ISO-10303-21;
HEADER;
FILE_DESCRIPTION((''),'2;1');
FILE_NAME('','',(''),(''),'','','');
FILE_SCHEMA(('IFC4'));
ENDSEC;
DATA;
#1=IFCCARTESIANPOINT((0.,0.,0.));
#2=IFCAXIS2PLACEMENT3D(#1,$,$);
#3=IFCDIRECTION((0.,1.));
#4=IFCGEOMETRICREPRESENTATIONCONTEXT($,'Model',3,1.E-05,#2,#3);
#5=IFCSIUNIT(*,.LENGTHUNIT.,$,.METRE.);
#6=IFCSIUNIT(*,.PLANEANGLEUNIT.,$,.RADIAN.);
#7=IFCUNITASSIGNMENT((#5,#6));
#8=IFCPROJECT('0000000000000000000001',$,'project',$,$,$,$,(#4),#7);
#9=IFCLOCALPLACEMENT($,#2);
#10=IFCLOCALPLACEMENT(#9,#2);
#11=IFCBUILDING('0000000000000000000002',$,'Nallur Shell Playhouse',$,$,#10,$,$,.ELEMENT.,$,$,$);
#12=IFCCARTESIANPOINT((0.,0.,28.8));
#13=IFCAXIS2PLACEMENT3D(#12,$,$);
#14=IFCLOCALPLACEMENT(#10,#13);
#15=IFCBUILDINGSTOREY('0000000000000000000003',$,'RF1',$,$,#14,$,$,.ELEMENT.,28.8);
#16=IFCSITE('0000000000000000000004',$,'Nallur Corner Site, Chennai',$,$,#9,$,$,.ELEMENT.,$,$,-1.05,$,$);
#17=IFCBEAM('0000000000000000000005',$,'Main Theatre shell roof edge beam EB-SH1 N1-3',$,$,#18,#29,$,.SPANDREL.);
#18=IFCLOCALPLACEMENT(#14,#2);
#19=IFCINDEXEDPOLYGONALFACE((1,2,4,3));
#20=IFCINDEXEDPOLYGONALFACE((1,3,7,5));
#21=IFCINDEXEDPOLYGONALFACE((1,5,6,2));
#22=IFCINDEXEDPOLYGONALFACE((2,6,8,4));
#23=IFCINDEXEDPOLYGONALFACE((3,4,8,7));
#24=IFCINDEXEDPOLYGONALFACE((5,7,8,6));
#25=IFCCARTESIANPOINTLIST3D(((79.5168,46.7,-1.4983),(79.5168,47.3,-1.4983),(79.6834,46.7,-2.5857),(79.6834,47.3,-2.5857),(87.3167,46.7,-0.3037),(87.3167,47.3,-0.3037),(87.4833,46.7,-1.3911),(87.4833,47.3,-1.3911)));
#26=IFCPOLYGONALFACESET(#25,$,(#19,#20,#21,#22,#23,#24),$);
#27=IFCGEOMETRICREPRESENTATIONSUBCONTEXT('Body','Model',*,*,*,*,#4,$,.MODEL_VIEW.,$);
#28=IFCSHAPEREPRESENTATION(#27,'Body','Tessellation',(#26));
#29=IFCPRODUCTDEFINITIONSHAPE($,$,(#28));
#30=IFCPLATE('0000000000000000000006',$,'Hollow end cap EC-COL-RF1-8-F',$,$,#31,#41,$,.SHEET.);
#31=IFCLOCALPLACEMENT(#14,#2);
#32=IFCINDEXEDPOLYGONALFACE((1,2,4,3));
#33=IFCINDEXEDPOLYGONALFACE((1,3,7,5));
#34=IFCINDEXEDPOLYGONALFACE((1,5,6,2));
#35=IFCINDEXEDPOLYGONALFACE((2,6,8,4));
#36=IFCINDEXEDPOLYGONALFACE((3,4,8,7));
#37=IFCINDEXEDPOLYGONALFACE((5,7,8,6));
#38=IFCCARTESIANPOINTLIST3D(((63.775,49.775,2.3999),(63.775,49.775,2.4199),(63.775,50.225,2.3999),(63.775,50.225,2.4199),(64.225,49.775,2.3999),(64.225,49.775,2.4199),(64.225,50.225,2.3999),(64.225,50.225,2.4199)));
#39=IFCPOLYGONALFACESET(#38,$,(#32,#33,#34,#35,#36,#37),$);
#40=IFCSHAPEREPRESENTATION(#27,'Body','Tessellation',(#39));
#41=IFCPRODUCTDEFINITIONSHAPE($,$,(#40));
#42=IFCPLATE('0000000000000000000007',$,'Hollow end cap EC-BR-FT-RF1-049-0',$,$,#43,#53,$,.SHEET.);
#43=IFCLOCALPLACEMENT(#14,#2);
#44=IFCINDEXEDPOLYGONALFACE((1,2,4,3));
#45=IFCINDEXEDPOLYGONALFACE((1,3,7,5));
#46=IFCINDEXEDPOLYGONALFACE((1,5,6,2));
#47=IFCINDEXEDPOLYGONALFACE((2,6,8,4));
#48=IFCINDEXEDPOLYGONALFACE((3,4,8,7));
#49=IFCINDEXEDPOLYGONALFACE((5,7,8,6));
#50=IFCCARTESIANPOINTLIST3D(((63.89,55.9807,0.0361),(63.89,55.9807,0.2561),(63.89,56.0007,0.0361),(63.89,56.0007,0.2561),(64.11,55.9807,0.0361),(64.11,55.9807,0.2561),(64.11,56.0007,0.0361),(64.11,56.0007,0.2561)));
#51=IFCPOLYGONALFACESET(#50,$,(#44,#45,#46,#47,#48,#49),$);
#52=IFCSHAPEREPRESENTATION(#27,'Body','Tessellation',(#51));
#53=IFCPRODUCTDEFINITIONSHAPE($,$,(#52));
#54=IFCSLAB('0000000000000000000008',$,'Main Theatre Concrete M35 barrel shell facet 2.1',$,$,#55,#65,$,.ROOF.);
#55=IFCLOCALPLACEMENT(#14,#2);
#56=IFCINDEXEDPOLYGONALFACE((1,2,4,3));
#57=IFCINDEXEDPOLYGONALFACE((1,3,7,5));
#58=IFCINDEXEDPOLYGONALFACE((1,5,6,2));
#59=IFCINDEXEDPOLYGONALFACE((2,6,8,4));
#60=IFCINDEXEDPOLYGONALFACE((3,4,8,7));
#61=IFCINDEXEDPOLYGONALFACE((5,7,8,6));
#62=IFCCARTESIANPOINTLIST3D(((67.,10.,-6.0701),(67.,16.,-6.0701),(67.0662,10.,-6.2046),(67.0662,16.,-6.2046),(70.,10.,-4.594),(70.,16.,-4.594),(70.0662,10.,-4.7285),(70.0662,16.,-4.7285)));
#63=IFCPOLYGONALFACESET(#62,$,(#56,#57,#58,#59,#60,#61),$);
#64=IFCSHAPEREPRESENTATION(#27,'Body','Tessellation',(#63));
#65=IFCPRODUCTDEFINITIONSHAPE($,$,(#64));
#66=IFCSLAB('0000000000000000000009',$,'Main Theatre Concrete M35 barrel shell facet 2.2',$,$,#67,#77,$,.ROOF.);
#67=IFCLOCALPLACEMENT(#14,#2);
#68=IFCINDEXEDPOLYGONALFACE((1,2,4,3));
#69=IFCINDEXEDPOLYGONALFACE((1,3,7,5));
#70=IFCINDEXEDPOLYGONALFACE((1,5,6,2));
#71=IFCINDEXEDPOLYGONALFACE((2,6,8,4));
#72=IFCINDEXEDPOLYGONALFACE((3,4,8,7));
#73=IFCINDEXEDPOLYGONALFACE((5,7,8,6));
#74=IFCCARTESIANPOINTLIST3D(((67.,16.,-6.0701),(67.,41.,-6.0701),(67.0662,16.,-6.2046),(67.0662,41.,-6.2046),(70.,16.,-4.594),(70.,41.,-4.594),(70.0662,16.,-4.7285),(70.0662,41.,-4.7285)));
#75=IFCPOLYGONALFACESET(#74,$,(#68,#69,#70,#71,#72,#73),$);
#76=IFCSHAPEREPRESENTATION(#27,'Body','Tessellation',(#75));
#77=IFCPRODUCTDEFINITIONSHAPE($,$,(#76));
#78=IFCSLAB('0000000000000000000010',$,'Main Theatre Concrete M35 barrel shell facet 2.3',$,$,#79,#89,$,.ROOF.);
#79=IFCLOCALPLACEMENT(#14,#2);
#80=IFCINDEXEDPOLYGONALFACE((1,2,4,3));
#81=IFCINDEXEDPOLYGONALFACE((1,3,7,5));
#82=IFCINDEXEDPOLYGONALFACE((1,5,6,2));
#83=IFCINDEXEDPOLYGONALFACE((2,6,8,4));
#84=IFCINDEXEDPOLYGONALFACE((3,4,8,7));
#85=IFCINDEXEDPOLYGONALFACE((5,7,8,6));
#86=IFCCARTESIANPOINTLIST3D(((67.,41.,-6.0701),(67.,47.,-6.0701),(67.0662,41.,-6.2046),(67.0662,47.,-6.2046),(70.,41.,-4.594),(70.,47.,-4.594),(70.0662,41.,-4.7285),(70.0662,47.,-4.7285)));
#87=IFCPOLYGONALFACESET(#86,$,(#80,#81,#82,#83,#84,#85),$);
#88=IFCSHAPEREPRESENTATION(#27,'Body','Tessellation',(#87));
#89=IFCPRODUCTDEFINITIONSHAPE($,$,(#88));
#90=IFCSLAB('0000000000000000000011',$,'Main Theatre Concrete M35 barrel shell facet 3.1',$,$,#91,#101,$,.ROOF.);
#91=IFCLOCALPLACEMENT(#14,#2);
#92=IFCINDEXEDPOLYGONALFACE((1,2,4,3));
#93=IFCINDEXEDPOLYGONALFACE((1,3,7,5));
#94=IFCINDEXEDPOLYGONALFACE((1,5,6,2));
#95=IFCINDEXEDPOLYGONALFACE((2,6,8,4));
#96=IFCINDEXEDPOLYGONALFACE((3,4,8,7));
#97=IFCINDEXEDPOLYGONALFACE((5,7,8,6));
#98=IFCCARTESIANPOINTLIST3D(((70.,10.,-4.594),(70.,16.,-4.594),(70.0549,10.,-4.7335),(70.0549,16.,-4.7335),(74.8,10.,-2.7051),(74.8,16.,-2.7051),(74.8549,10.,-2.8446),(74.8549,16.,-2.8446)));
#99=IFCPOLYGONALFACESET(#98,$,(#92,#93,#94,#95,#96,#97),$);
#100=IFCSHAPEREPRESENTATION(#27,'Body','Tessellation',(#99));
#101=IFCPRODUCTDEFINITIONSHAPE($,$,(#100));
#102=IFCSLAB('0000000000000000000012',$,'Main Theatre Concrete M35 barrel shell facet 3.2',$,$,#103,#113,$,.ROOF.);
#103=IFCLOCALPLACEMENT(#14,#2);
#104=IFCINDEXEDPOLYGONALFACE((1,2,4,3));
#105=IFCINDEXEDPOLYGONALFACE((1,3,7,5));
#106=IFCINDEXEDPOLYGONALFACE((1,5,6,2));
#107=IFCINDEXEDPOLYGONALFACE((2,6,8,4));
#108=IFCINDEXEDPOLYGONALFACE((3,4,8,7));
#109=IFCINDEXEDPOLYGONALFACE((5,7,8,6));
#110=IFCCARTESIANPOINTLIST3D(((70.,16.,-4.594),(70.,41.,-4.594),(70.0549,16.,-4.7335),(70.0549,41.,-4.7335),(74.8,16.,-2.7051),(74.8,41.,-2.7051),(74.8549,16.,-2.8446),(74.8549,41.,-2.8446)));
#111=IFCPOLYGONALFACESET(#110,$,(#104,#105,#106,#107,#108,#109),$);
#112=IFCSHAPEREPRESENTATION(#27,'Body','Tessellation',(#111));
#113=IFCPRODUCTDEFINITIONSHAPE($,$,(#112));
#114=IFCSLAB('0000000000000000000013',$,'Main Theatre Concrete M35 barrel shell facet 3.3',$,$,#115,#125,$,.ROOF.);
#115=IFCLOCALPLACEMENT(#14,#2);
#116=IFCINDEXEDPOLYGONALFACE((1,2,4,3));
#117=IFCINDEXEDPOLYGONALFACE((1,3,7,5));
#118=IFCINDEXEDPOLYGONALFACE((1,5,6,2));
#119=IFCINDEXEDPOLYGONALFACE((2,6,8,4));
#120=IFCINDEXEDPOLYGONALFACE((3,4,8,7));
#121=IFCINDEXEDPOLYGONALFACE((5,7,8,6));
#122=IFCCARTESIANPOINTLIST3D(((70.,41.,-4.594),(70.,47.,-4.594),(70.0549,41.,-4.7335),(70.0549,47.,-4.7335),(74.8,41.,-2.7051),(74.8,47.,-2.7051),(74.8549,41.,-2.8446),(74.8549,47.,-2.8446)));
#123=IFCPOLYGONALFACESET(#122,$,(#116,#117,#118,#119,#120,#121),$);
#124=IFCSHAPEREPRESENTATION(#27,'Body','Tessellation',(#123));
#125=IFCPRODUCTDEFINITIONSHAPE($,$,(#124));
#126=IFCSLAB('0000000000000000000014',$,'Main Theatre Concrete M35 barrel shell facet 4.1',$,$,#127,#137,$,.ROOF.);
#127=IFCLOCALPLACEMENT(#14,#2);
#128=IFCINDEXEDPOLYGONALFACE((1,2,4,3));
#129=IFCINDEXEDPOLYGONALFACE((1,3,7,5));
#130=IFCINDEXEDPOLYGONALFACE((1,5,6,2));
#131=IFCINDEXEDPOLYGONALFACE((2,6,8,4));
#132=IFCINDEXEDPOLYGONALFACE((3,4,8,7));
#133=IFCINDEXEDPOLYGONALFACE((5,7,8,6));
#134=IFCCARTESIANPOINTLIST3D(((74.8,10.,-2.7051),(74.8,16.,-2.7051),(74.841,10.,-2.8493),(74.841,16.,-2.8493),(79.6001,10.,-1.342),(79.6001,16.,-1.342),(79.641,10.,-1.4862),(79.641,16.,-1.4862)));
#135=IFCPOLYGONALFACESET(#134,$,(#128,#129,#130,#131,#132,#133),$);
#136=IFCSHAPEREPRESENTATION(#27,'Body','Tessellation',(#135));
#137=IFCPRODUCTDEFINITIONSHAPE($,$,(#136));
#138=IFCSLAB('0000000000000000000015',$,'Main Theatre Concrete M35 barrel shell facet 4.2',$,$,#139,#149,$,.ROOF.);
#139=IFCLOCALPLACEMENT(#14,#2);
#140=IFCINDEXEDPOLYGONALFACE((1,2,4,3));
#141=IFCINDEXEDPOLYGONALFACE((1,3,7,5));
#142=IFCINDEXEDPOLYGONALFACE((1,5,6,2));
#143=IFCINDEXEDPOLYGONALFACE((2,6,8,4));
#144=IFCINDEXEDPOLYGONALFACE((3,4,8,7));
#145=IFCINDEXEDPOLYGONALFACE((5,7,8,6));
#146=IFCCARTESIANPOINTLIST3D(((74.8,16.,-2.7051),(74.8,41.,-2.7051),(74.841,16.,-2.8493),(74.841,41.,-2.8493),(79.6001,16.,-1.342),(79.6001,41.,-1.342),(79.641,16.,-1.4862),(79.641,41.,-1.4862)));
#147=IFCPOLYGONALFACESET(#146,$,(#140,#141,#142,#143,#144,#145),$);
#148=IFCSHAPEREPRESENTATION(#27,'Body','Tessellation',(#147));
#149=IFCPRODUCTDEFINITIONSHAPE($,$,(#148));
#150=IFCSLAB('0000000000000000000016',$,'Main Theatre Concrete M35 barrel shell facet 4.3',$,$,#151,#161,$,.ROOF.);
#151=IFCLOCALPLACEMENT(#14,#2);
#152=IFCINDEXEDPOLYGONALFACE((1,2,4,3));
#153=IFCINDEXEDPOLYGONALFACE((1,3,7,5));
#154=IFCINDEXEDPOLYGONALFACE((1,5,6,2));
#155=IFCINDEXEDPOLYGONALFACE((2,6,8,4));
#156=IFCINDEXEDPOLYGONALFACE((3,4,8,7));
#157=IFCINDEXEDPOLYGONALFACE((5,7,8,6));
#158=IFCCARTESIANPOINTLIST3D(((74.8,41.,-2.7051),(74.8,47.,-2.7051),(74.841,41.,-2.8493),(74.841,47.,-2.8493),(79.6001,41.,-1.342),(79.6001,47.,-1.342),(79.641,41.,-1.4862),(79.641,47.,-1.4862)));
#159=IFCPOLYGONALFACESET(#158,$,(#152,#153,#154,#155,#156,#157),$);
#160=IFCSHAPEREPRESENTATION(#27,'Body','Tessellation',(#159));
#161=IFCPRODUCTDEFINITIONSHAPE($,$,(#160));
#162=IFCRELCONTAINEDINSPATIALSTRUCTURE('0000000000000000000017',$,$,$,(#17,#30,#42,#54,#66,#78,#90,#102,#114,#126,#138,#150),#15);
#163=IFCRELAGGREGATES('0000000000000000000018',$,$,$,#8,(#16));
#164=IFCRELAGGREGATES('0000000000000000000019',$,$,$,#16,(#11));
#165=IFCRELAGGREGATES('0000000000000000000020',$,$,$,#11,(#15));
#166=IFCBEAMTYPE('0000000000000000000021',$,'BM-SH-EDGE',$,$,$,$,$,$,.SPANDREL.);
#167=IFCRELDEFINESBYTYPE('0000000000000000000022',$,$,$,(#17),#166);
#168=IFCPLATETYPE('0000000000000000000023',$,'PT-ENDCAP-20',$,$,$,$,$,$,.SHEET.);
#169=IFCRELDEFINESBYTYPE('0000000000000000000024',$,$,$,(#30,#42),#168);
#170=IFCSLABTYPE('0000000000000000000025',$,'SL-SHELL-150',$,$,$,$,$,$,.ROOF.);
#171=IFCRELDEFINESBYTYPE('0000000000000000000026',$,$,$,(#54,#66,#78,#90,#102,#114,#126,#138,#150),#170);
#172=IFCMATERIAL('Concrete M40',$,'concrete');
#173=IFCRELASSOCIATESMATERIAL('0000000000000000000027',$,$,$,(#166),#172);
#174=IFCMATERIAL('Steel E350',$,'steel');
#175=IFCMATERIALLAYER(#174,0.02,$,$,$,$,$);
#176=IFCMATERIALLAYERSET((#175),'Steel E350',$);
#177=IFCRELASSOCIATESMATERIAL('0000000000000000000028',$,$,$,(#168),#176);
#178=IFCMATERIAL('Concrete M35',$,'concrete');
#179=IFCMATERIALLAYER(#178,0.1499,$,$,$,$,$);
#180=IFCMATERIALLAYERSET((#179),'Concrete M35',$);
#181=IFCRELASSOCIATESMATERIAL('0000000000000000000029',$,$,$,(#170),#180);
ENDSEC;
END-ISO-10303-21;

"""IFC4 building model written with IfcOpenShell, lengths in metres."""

from ifc_helpers import new_model, si_unit, direction, frame, origin, origin_2d, place, context, subcontext, project, spatial, polyline, rectangle, outline, extrude, material, layer, layer_set, material_profile, profile_set, type_object, element, save


model = new_model("IFC4")

# Units and contexts
model_context = context("Model", 3, precision=1e-05, world=origin(), true_north=direction((0.0, 1.0)))
body_context = subcontext(model_context, "Body", "Model", "MODEL_VIEW")
ifc_project = project(units=[si_unit("LENGTHUNIT", "METRE"), si_unit("PLANEANGLEUNIT", "RADIAN")], contexts=[model_context])

# Site, building, storey
site_placement = place(None, origin())
site = spatial("IfcSite", under=ifc_project, at=site_placement, Name="Nallur Corner Site, Chennai", CompositionType="ELEMENT", RefElevation=-1.05)
building_placement = place(site_placement, origin())
building = spatial("IfcBuilding", under=site, at=building_placement, Name="Nallur Shell Playhouse", CompositionType="ELEMENT")
storey_placement = place(building_placement, frame((0.0, 0.0, 28.8)))
storey = spatial("IfcBuildingStorey", under=building, at=storey_placement, Name="RF1", CompositionType="ELEMENT", Elevation=28.8)

# Shared definitions
ifc_material_1 = material(Name="Steel E350", Category="steel")

# Beam
ifc_material_2 = material(Name="Concrete M35", Category="concrete")
ifc_material_3 = material(Name="Concrete M40", Category="concrete")
ifc_material_profile_1 = material_profile(ifc_material_3, rectangle(XDim=0.6001, YDim=1.1001, at=origin_2d()), Name="RC 600x1100")
ifc_profile_set_1 = profile_set([ifc_material_profile_1], Name="Concrete M40")
beam_type_1 = type_object("IfcBeamType", Name="BM-SH-EDGE", PredefinedType="SPANDREL", material=ifc_profile_set_1)
beam_1_placement = place(storey_placement, frame((79.6001, 47.0, -2.042), z_axis=(0.988474, 0.0, 0.15139), x_axis=(0.0, 1.0, 0.0)))
element("IfcBeam", 1, at=beam_1_placement, inside=storey, type_object=beam_type_1, Name="Main Theatre shell roof edge beam EB-SH1 N1-3", PredefinedType="SPANDREL", context=body_context, shape_type="SweptSolid", body=[
    extrude(rectangle(XDim=0.6001, YDim=1.1001, at=origin_2d()), origin(), (0.0, 0.0, 1.0), 7.8909),
])

# Plates
ifc_layer_1 = layer(ifc_material_1, 0.02)
ifc_layer_set_1 = layer_set([ifc_layer_1], Name="Steel E350")
plate_type = type_object("IfcPlateType", Name="PT-ENDCAP-20", PredefinedType="SHEET", material=ifc_layer_set_1)
plate_1_placement = place(storey_placement, frame((64.0, 50.0, 2.3999), z_axis=(0.0, 0.0, 1.0), x_axis=(1.0, 0.0, 0.0)))
element("IfcPlate", 2, at=plate_1_placement, inside=storey, type_object=plate_type, Name="Hollow end cap EC-COL-RF1-8-F", PredefinedType="SHEET", context=body_context, shape_type="SweptSolid", body=[
    extrude(rectangle(XDim=0.45, YDim=0.45, at=origin_2d()), origin(), (0.0, 0.0, 1.0), 0.02),
])
plate_2_placement = place(storey_placement, frame((64.0, 55.9907, 0.0361), z_axis=(0.0, 0.0, 1.0), x_axis=(1.0, 0.0, 0.0)))
element("IfcPlate", 3, at=plate_2_placement, inside=storey, type_object=plate_type, Name="Hollow end cap EC-BR-FT-RF1-049-0", PredefinedType="SHEET", context=body_context, shape_type="SweptSolid", body=[
    extrude(rectangle(XDim=0.22, YDim=0.02, at=origin_2d()), origin(), (0.0, 0.0, 1.0), 0.22),
])

# Slabs
ifc_layer_2 = layer(ifc_material_2, 0.1499)
ifc_layer_set_2 = layer_set([ifc_layer_2], Name="Concrete M35")
slab_type = type_object("IfcSlabType", Name="SL-SHELL-150", PredefinedType="ROOF", material=ifc_layer_set_2)
slab_1_placement = place(storey_placement, frame((67.0, 10.0, -6.0701), z_axis=(-0.44148, 0.0, 0.897271), x_axis=(0.897271, 0.0, 0.44148)))
element("IfcSlab", 4, at=slab_1_placement, inside=storey, type_object=slab_type, Name="Main Theatre Concrete M35 barrel shell facet 2.1", PredefinedType="ROOF", context=body_context, shape_type="SweptSolid", body=[
    extrude(outline(polyline([(0.0, 0.0), (3.3435, 0.0), (3.3435, 6.0), (0.0, 6.0), (0.0, 0.0)])), origin(), (0.0, 0.0, -1.0), 0.1499),
])
slab_2_placement = place(storey_placement, frame((67.0, 16.0, -6.0701), z_axis=(-0.44148, 0.0, 0.897271), x_axis=(0.897271, 0.0, 0.44148)))
element("IfcSlab", 5, at=slab_2_placement, inside=storey, type_object=slab_type, Name="Main Theatre Concrete M35 barrel shell facet 2.2", PredefinedType="ROOF", context=body_context, shape_type="SweptSolid", body=[
    extrude(outline(polyline([(0.0, 0.0), (3.3435, 0.0), (3.3435, 25.0), (0.0, 25.0), (0.0, 0.0)])), origin(), (0.0, 0.0, -1.0), 0.1499),
])
slab_3_placement = place(storey_placement, frame((67.0, 41.0, -6.0701), z_axis=(-0.44148, 0.0, 0.897271), x_axis=(0.897271, 0.0, 0.44148)))
element("IfcSlab", 6, at=slab_3_placement, inside=storey, type_object=slab_type, Name="Main Theatre Concrete M35 barrel shell facet 2.3", PredefinedType="ROOF", context=body_context, shape_type="SweptSolid", body=[
    extrude(outline(polyline([(0.0, 0.0), (3.3435, 0.0), (3.3435, 6.0), (0.0, 6.0), (0.0, 0.0)])), origin(), (0.0, 0.0, -1.0), 0.1499),
])
slab_4_placement = place(storey_placement, frame((70.0, 10.0, -4.594), z_axis=(-0.366187, 0.0, 0.930541), x_axis=(0.930541, 0.0, 0.366187)))
element("IfcSlab", 7, at=slab_4_placement, inside=storey, type_object=slab_type, Name="Main Theatre Concrete M35 barrel shell facet 3.1", PredefinedType="ROOF", context=body_context, shape_type="SweptSolid", body=[
    extrude(outline(polyline([(0.0, 0.0), (5.1583, 0.0), (5.1583, 6.0), (0.0, 6.0), (0.0, 0.0)])), origin(), (0.0, 0.0, -1.0), 0.1499),
])
slab_5_placement = place(storey_placement, frame((70.0, 16.0, -4.594), z_axis=(-0.366187, 0.0, 0.930541), x_axis=(0.930541, 0.0, 0.366187)))
element("IfcSlab", 8, at=slab_5_placement, inside=storey, type_object=slab_type, Name="Main Theatre Concrete M35 barrel shell facet 3.2", PredefinedType="ROOF", context=body_context, shape_type="SweptSolid", body=[
    extrude(outline(polyline([(0.0, 0.0), (5.1583, 0.0), (5.1583, 25.0), (0.0, 25.0), (0.0, 0.0)])), origin(), (0.0, 0.0, -1.0), 0.1499),
])
slab_6_placement = place(storey_placement, frame((70.0, 41.0, -4.594), z_axis=(-0.366187, 0.0, 0.930541), x_axis=(0.930541, 0.0, 0.366187)))
element("IfcSlab", 9, at=slab_6_placement, inside=storey, type_object=slab_type, Name="Main Theatre Concrete M35 barrel shell facet 3.3", PredefinedType="ROOF", context=body_context, shape_type="SweptSolid", body=[
    extrude(outline(polyline([(0.0, 0.0), (5.1583, 0.0), (5.1583, 6.0), (0.0, 6.0), (0.0, 0.0)])), origin(), (0.0, 0.0, -1.0), 0.1499),
])
slab_7_placement = place(storey_placement, frame((74.8, 10.0, -2.7051), z_axis=(-0.273163, 0.0, 0.961968), x_axis=(0.961968, 0.0, 0.273163)))
element("IfcSlab", 10, at=slab_7_placement, inside=storey, type_object=slab_type, Name="Main Theatre Concrete M35 barrel shell facet 4.1", PredefinedType="ROOF", context=body_context, shape_type="SweptSolid", body=[
    extrude(outline(polyline([(0.0, 0.0), (4.9898, 0.0), (4.9898, 6.0), (0.0, 6.0), (0.0, 0.0)])), origin(), (0.0, 0.0, -1.0), 0.1499),
])
slab_8_placement = place(storey_placement, frame((74.8, 16.0, -2.7051), z_axis=(-0.273163, 0.0, 0.961968), x_axis=(0.961968, 0.0, 0.273163)))
element("IfcSlab", 11, at=slab_8_placement, inside=storey, type_object=slab_type, Name="Main Theatre Concrete M35 barrel shell facet 4.2", PredefinedType="ROOF", context=body_context, shape_type="SweptSolid", body=[
    extrude(outline(polyline([(0.0, 0.0), (4.9898, 0.0), (4.9898, 25.0), (0.0, 25.0), (0.0, 0.0)])), origin(), (0.0, 0.0, -1.0), 0.1499),
])
slab_9_placement = place(storey_placement, frame((74.8, 41.0, -2.7051), z_axis=(-0.273163, 0.0, 0.961968), x_axis=(0.961968, 0.0, 0.273163)))
element("IfcSlab", 12, at=slab_9_placement, inside=storey, type_object=slab_type, Name="Main Theatre Concrete M35 barrel shell facet 4.3", PredefinedType="ROOF", context=body_context, shape_type="SweptSolid", body=[
    extrude(outline(polyline([(0.0, 0.0), (4.9898, 0.0), (4.9898, 6.0), (0.0, 6.0), (0.0, 0.0)])), origin(), (0.0, 0.0, -1.0), 0.1499),
])

save(model, "model.ifc")
